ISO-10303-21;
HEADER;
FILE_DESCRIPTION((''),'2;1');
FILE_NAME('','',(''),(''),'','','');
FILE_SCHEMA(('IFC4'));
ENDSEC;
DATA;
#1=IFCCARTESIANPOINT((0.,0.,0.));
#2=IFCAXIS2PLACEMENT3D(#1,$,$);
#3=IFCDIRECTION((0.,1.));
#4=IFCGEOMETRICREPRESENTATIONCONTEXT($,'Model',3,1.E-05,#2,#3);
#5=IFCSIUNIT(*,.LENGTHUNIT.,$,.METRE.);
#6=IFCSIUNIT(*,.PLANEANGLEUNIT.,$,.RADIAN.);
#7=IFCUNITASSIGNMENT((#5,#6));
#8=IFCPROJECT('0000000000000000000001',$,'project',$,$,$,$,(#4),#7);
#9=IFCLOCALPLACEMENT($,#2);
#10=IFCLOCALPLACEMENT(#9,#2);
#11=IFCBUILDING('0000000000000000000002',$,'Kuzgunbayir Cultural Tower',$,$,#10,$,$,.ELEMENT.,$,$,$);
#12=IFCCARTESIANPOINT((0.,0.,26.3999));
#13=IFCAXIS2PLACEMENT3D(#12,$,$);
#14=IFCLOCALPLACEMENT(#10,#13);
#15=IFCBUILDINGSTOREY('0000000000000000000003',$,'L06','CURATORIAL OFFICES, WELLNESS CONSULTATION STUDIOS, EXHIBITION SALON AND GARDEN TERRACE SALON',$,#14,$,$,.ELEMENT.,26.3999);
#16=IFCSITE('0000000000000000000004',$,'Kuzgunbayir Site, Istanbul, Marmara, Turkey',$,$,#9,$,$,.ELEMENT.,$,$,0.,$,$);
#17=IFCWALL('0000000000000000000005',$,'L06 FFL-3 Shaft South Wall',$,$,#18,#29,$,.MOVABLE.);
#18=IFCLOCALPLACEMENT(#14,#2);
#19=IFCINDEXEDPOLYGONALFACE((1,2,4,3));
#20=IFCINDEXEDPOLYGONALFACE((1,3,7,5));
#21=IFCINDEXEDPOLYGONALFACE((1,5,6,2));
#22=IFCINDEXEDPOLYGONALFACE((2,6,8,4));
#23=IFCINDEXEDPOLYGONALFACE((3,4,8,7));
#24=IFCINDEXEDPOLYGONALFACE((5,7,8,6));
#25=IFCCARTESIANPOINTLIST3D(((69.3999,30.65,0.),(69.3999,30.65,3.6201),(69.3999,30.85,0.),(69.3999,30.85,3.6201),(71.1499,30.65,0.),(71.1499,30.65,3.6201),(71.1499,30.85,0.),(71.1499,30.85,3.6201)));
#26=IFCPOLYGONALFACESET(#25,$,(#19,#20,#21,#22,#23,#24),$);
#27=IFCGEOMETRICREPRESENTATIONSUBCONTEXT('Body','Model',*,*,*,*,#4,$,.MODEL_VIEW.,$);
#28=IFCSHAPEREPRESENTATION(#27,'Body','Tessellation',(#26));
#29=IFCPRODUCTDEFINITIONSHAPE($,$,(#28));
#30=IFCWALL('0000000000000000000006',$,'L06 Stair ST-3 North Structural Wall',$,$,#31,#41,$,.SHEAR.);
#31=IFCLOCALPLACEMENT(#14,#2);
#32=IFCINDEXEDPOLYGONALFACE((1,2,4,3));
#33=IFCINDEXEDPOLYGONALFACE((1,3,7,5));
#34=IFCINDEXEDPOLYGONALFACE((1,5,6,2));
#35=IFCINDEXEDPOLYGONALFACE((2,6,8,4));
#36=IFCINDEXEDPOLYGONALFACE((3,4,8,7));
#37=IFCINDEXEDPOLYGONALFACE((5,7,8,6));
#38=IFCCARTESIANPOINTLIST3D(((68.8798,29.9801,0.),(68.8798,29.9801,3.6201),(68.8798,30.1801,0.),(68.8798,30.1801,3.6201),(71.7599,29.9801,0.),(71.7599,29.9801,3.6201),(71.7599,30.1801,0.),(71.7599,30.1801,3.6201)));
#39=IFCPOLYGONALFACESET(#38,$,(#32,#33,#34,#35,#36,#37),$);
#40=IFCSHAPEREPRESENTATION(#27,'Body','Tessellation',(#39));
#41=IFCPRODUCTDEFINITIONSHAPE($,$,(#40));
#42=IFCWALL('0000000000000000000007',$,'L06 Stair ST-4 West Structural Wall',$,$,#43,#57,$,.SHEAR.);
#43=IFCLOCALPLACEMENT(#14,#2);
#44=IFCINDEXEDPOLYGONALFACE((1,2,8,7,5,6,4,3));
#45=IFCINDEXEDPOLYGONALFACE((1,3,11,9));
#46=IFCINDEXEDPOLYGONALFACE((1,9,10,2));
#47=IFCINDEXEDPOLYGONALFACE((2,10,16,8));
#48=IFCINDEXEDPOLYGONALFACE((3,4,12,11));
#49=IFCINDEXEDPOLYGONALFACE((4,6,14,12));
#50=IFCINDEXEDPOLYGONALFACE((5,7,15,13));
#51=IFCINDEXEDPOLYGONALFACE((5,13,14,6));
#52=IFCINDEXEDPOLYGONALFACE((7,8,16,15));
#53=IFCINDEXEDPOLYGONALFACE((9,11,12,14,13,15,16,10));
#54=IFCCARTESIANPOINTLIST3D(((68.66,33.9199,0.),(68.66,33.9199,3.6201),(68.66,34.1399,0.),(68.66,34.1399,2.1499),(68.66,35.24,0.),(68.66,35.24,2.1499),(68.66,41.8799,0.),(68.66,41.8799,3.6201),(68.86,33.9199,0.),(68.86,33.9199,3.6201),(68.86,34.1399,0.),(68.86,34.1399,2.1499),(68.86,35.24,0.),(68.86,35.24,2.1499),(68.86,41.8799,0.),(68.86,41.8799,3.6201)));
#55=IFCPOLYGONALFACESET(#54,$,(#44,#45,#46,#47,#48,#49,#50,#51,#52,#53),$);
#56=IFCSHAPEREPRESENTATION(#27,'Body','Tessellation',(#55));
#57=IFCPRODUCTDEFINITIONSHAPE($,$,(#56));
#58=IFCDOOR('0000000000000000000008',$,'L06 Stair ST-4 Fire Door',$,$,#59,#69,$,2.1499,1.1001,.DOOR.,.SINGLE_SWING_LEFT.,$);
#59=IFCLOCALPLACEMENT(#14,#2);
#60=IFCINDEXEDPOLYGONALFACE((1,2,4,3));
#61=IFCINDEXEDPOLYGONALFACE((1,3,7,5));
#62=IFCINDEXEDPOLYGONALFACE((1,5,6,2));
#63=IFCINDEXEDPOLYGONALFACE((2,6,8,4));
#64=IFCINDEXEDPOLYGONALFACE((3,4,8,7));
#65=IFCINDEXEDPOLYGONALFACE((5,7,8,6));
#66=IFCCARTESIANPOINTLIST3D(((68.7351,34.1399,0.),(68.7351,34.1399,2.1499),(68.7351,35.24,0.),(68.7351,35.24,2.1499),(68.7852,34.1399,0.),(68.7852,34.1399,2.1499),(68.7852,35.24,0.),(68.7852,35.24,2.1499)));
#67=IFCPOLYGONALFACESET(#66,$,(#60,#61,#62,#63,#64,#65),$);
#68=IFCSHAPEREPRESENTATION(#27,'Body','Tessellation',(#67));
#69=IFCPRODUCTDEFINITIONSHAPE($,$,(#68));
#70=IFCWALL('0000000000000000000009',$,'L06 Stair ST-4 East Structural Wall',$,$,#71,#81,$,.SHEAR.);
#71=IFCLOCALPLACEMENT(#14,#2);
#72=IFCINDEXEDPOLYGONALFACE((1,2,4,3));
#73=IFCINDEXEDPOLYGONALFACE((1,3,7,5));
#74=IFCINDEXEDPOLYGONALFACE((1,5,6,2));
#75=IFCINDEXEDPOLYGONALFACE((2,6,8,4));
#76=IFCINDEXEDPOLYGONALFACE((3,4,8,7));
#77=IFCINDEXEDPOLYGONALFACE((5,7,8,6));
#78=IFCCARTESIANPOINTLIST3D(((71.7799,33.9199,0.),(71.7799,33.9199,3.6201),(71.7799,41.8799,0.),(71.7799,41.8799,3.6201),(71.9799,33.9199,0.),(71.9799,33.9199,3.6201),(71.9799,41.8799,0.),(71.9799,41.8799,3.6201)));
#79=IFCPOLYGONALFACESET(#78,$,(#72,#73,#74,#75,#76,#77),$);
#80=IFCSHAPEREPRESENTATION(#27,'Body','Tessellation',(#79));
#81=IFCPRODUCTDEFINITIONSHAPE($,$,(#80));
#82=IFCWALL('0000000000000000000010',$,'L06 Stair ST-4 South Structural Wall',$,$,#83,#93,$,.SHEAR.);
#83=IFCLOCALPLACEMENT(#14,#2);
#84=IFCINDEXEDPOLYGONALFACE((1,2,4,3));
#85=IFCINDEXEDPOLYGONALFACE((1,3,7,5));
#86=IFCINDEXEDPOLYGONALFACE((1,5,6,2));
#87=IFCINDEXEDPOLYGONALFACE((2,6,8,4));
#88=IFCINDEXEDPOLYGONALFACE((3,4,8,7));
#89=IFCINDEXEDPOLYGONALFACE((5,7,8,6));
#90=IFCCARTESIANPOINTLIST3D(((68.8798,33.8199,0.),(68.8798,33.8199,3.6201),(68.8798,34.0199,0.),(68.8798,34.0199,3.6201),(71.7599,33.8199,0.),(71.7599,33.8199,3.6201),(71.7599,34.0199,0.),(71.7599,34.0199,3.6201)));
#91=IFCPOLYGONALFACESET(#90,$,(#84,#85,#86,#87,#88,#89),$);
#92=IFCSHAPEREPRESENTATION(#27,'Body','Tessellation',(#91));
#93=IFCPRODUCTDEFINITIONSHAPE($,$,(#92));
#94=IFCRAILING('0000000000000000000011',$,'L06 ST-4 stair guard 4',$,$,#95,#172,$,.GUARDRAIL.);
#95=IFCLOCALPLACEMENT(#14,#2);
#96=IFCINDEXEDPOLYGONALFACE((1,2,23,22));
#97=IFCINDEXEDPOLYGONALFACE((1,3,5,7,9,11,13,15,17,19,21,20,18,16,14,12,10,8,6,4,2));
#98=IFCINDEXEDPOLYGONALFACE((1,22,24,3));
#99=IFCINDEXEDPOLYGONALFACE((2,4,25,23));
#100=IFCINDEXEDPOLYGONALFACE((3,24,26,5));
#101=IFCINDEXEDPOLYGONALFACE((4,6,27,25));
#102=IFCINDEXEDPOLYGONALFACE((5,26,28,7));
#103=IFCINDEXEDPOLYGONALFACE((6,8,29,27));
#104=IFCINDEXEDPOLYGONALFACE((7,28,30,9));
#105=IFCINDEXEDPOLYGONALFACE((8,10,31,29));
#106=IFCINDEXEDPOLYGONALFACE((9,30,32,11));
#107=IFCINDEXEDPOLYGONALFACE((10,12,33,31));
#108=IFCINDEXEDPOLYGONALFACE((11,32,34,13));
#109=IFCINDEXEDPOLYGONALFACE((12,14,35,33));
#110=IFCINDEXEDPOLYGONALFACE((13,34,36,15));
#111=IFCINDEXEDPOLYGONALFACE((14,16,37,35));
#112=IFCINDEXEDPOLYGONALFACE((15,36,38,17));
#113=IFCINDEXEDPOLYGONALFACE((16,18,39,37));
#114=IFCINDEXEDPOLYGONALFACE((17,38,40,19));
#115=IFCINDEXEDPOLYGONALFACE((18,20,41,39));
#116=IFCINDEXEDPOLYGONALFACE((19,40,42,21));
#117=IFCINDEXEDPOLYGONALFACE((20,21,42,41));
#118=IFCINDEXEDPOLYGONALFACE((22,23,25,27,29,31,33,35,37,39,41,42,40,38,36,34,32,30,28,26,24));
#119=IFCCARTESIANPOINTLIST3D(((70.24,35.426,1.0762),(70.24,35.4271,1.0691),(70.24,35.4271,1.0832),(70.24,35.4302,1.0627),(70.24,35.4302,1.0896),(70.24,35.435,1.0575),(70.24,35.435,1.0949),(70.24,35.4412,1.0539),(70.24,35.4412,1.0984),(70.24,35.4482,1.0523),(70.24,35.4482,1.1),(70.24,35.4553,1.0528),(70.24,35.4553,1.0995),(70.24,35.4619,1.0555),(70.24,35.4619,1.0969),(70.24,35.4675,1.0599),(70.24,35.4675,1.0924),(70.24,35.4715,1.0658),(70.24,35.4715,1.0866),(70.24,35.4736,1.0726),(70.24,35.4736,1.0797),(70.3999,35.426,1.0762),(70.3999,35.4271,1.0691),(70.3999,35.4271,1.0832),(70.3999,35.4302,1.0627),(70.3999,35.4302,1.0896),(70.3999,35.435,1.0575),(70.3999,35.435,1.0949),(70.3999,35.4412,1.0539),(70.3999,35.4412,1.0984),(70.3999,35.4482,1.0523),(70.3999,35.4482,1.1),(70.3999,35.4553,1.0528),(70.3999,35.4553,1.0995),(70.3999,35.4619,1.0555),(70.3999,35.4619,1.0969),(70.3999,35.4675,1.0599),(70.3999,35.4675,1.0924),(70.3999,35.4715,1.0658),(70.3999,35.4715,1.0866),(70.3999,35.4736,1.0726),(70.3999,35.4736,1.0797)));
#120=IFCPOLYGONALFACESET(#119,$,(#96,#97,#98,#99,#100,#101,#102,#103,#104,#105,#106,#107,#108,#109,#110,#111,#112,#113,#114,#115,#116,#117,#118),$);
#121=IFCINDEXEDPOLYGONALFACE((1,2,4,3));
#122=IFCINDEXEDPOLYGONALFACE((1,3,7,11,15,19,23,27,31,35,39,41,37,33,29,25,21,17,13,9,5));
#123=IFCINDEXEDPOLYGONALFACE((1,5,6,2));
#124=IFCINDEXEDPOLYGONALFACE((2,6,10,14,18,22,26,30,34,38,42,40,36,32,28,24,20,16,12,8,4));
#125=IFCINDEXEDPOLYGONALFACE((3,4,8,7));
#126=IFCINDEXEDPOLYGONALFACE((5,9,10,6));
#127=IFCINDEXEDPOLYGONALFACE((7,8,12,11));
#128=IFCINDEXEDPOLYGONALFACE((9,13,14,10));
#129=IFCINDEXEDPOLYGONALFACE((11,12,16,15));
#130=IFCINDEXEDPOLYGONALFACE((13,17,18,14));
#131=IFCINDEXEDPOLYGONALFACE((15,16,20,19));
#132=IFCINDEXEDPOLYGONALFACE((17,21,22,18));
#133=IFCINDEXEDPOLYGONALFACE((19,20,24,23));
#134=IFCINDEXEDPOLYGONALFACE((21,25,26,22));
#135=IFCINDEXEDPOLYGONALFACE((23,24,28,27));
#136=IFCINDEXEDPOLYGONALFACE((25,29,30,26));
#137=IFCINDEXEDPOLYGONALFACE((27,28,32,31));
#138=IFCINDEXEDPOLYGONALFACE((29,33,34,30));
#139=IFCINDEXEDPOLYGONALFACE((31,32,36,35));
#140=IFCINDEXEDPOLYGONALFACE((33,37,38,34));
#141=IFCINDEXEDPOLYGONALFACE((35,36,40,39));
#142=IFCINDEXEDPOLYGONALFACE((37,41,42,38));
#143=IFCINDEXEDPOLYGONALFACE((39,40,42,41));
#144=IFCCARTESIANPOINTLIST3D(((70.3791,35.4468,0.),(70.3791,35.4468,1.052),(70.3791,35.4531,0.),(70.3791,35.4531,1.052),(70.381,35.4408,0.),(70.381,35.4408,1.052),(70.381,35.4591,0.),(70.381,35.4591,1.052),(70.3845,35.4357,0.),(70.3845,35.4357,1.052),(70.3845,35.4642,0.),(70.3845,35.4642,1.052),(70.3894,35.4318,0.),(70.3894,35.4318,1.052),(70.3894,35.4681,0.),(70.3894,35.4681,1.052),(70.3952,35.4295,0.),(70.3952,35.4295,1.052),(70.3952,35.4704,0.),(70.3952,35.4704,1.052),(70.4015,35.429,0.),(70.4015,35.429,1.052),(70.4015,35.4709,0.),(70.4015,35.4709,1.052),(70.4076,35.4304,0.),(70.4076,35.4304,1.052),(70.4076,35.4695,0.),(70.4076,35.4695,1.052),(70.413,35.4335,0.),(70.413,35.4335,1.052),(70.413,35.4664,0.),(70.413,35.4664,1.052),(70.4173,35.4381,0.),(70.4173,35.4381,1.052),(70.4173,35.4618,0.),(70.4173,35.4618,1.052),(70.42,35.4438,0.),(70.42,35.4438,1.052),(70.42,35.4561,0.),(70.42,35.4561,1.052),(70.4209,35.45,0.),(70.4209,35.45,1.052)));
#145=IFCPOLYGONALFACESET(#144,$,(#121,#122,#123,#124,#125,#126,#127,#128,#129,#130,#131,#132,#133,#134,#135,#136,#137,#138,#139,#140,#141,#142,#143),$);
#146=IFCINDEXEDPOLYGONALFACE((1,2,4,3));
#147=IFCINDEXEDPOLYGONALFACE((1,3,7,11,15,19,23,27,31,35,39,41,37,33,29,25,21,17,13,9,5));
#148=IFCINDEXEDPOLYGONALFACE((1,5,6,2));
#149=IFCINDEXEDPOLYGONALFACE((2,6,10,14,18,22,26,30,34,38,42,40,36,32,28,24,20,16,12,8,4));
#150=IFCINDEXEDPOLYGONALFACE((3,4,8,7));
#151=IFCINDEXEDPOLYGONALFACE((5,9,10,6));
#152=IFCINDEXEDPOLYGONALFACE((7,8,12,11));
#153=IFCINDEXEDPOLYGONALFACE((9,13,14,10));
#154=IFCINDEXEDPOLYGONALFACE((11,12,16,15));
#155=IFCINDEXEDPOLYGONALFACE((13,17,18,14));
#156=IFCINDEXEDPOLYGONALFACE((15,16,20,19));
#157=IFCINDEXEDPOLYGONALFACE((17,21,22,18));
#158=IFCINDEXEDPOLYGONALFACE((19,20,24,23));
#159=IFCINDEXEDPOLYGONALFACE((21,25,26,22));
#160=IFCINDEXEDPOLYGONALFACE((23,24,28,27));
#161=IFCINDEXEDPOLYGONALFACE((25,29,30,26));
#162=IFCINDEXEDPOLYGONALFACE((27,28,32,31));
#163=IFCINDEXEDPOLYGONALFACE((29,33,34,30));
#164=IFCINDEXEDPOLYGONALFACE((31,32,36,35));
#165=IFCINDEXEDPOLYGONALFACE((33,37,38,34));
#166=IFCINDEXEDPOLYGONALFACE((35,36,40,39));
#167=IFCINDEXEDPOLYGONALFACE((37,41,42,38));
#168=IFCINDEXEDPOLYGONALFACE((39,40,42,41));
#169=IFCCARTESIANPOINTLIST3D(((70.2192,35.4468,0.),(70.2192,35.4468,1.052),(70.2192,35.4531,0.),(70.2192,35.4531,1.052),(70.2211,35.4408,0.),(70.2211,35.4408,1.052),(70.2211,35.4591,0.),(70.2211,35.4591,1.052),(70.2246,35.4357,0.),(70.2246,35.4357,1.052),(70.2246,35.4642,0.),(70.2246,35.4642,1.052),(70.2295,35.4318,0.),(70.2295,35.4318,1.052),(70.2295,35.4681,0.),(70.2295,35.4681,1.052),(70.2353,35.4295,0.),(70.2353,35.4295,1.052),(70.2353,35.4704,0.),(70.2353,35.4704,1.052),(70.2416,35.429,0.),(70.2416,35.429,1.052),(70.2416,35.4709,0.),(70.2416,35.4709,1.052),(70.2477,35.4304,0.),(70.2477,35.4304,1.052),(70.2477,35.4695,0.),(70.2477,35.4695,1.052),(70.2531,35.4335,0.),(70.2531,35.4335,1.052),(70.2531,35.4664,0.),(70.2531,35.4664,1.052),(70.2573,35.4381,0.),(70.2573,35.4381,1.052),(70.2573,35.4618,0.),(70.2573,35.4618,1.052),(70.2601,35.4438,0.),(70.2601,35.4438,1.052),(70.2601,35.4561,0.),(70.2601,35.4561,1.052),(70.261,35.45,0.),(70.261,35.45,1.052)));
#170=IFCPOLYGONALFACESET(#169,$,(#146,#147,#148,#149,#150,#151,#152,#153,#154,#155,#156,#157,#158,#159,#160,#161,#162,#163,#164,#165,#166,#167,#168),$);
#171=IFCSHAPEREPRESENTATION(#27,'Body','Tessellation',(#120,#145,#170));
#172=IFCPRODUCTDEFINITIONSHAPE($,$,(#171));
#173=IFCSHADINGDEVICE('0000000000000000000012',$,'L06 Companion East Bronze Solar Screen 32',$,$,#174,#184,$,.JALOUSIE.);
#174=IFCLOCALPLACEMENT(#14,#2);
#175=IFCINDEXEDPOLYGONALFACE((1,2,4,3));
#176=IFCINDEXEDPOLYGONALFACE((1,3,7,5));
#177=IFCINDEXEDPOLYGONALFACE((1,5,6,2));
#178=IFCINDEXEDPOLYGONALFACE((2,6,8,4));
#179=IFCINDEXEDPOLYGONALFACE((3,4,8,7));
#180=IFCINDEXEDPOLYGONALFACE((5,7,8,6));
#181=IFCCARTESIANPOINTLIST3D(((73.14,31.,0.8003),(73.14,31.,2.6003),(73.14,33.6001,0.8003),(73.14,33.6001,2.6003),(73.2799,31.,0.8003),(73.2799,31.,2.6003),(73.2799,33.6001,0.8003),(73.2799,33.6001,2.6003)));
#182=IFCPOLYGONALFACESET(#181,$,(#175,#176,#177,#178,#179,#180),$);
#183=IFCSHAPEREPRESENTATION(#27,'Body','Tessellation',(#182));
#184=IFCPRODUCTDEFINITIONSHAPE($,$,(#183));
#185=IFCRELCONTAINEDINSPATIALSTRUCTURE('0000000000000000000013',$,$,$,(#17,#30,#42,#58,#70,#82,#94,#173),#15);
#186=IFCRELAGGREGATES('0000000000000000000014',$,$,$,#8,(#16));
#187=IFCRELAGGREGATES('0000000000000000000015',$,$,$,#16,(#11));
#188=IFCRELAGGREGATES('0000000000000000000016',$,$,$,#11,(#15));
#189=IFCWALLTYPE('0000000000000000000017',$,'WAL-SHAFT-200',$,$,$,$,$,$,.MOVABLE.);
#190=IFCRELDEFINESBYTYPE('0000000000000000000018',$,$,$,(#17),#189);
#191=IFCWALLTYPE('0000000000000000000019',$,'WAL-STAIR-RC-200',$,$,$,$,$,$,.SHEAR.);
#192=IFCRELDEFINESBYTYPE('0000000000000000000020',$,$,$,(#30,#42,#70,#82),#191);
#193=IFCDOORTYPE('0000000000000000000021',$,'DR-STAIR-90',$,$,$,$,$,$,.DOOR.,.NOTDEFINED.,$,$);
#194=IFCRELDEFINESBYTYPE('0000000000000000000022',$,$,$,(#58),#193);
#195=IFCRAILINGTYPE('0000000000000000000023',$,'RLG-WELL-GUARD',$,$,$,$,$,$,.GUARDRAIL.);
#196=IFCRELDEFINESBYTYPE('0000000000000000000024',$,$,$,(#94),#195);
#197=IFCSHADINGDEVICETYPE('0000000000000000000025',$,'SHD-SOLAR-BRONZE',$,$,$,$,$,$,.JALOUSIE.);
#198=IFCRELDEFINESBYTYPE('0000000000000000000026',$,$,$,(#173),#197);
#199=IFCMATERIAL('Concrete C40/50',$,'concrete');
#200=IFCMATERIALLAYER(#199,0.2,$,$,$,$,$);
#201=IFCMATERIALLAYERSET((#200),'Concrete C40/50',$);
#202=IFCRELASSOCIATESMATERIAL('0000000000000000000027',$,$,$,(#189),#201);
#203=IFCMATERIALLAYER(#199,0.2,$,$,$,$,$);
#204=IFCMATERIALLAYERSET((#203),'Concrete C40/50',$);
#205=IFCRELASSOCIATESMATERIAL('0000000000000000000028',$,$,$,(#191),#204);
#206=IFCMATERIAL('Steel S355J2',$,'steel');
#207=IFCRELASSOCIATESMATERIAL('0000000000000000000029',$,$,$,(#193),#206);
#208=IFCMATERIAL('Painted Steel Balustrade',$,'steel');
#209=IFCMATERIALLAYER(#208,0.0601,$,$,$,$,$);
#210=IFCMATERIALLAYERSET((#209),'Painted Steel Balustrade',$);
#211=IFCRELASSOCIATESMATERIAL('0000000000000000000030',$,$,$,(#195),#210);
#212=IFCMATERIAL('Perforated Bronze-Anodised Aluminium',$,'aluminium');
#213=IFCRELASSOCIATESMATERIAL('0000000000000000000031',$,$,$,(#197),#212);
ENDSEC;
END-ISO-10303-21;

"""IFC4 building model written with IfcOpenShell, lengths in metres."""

from ifc_helpers import new_model, si_unit, direction, frame, frame_2d, origin, origin_2d, place, context, subcontext, project, spatial, rectangle, circle, extrude, material, layer, layer_set, type_object, element, fill, save


model = new_model("IFC4")

# Units and contexts
model_context = context("Model", 3, precision=1e-05, world=origin(), true_north=direction((0.0, 1.0)))
body_context = subcontext(model_context, "Body", "Model", "MODEL_VIEW")
ifc_project = project(units=[si_unit("LENGTHUNIT", "METRE"), si_unit("PLANEANGLEUNIT", "RADIAN")], contexts=[model_context])

# Site, building, storey
site_placement = place(None, origin())
site = spatial("IfcSite", under=ifc_project, at=site_placement, Name="Kuzgunbayir Site, Istanbul, Marmara, Turkey", CompositionType="ELEMENT", RefElevation=0.0)
building_placement = place(site_placement, origin())
building = spatial("IfcBuilding", under=site, at=building_placement, Name="Kuzgunbayir Cultural Tower", CompositionType="ELEMENT")
storey_placement = place(building_placement, frame((0.0, 0.0, 26.3999)))
storey = spatial("IfcBuildingStorey", under=building, at=storey_placement, Name="L06", Description="CURATORIAL OFFICES, WELLNESS CONSULTATION STUDIOS, EXHIBITION SALON AND GARDEN TERRACE SALON", CompositionType="ELEMENT", Elevation=26.3999)

# Shared definitions
ifc_material_1 = material(Name="Steel S355J2", Category="steel")

# Shared definitions
ifc_material_2 = material(Name="Perforated Bronze-Anodised Aluminium", Category="aluminium")

# Shared definitions
ifc_material_3 = material(Name="Concrete C40/50", Category="concrete")
ifc_layer_1 = layer(ifc_material_3, 0.2)
ifc_layer_set_1 = layer_set([ifc_layer_1], Name="Concrete C40/50")
wall_type_1 = type_object("IfcWallType", Name="WAL-SHAFT-200", PredefinedType="MOVABLE", material=ifc_layer_set_1)

# Walls
for number, where, z_axis, x_axis, name in (
    (1, (69.3999, 30.75, 0.0), (0.0, 0.0, 1.0), (1.0, 0.0, 0.0), "L06 FFL-3 Shaft South Wall"),
):
    element("IfcWall", number, at=place(storey_placement, frame(where, z_axis=z_axis, x_axis=x_axis)), inside=storey, type_object=wall_type_1, Name=name, PredefinedType="MOVABLE", context=body_context, shape_type="SweptSolid", body=[
        extrude(rectangle(XDim=1.75, YDim=0.2, at=frame_2d((0.875, 0.0))), origin(), (0.0, 0.0, 1.0), 3.6201),
    ])
ifc_layer_2 = layer(ifc_material_3, 0.2)
ifc_layer_set_2 = layer_set([ifc_layer_2], Name="Concrete C40/50")
wall_type_2 = type_object("IfcWallType", Name="WAL-STAIR-RC-200", PredefinedType="SHEAR", material=ifc_layer_set_2)
wall_1_placement = place(storey_placement, frame((68.8799, 30.0801, 0.0), z_axis=(0.0, 0.0, 1.0), x_axis=(1.0, 0.0, 0.0)))
element("IfcWall", 2, at=wall_1_placement, inside=storey, type_object=wall_type_2, Name="L06 Stair ST-3 North Structural Wall", PredefinedType="SHEAR", context=body_context, shape_type="SweptSolid", body=[
    extrude(rectangle(XDim=2.8801, YDim=0.2, at=frame_2d((1.4399, 0.0))), origin(), (0.0, 0.0, 1.0), 3.6201),
])

# Wall, opening, door
wall_2_placement = place(storey_placement, frame((68.76, 33.9199, 0.0), z_axis=(0.0, 0.0, 1.0), x_axis=(0.0, 1.0, 0.0)))
wall_2 = element("IfcWall", 3, at=wall_2_placement, inside=storey, type_object=wall_type_2, Name="L06 Stair ST-4 West Structural Wall", PredefinedType="SHEAR", context=body_context, shape_type="SweptSolid", body=[
    extrude(rectangle(XDim=7.96, YDim=0.2, at=frame_2d((3.98, 0.0))), origin(), (0.0, 0.0, 1.0), 3.6201),
])
opening_1_placement = place(wall_2_placement, frame((0.22, 0.0, 0.0)))
opening_1 = element("IfcOpeningElement", 4, at=opening_1_placement, cuts=wall_2, PredefinedType="OPENING", context=body_context, shape_type="SweptSolid", body=[
    extrude(rectangle(XDim=1.1001, YDim=2.1499, at=frame_2d((0.55, 1.075))), frame((0.0, 0.1099, 0.0), z_axis=(0.0, -1.0, 0.0), x_axis=(1.0, 0.0, 0.0)), (0.0, 0.0, 1.0), 0.22),
])
door_type_1 = type_object("IfcDoorType", Name="DR-STAIR-90", OperationType="NOTDEFINED", PredefinedType="DOOR", material=ifc_material_1)
door_1_placement = place(opening_1_placement, origin())
door_1 = element("IfcDoor", 5, at=door_1_placement, inside=storey, type_object=door_type_1, Name="L06 Stair ST-4 Fire Door", OperationType="SINGLE_SWING_LEFT", OverallHeight=2.1499, OverallWidth=1.1001, PredefinedType="DOOR", context=body_context, shape_type="SweptSolid", body=[
    extrude(rectangle(XDim=1.1001, YDim=2.1499, at=frame_2d((0.55, 1.075))), frame((0.0, 0.0249, 0.0), z_axis=(0.0, -1.0, 0.0), x_axis=(1.0, 0.0, 0.0)), (0.0, 0.0, 1.0), 0.05),
])
fill(opening_1, door_1)

# Walls
wall_3_placement = place(storey_placement, frame((71.8799, 33.9199, 0.0), z_axis=(0.0, 0.0, 1.0), x_axis=(0.0, 1.0, 0.0)))
element("IfcWall", 6, at=wall_3_placement, inside=storey, type_object=wall_type_2, Name="L06 Stair ST-4 East Structural Wall", PredefinedType="SHEAR", context=body_context, shape_type="SweptSolid", body=[
    extrude(rectangle(XDim=7.96, YDim=0.2, at=frame_2d((3.98, 0.0))), origin(), (0.0, 0.0, 1.0), 3.6201),
])
wall_4_placement = place(storey_placement, frame((68.8799, 33.9199, 0.0), z_axis=(0.0, 0.0, 1.0), x_axis=(1.0, 0.0, 0.0)))
element("IfcWall", 7, at=wall_4_placement, inside=storey, type_object=wall_type_2, Name="L06 Stair ST-4 South Structural Wall", PredefinedType="SHEAR", context=body_context, shape_type="SweptSolid", body=[
    extrude(rectangle(XDim=2.8801, YDim=0.2, at=frame_2d((1.4399, 0.0))), origin(), (0.0, 0.0, 1.0), 3.6201),
])

# Railing
ifc_material_4 = material(Name="Painted Steel Balustrade", Category="steel")
ifc_layer_3 = layer(ifc_material_4, 0.0601)
ifc_layer_set_3 = layer_set([ifc_layer_3], Name="Painted Steel Balustrade")
railing_type = type_object("IfcRailingType", Name="RLG-WELL-GUARD", PredefinedType="GUARDRAIL", material=ifc_layer_set_3)
railing_placement = place(storey_placement, frame((70.3999, 35.45, 0.0)))
element("IfcRailing", 8, at=railing_placement, inside=storey, type_object=railing_type, Name="L06 ST-4 stair guard 4", PredefinedType="GUARDRAIL", context=body_context, shape_type="SweptSolid", body=[
    extrude(circle(Radius=0.0239, at=origin_2d()), frame((0.0, 0.0, 1.0762), z_axis=(-1.0, 0.0, 0.0), x_axis=(0.0, -1.0, 0.0)), (0.0, 0.0, 1.0), 0.1599),
    extrude(circle(Radius=0.021, at=origin_2d()), origin(), (0.0, 0.0, 1.0), 1.052),
    extrude(circle(Radius=0.021, at=origin_2d()), frame((-0.1599, 0.0, 0.0)), (0.0, 0.0, 1.0), 1.052),
])

# Shading device
shading_device_type = type_object("IfcShadingDeviceType", Name="SHD-SOLAR-BRONZE", PredefinedType="JALOUSIE", material=ifc_material_2)
shading_device_placement = place(storey_placement, frame((73.21, 32.3, 0.8003), z_axis=(0.0, 0.0, 1.0), x_axis=(1.0, 0.0, 0.0)))
element("IfcShadingDevice", 9, at=shading_device_placement, inside=storey, type_object=shading_device_type, Name="L06 Companion East Bronze Solar Screen 32", PredefinedType="JALOUSIE", context=body_context, shape_type="SweptSolid", body=[
    extrude(rectangle(XDim=0.1399, YDim=2.6001, at=origin_2d()), origin(), (0.0, 0.0, 1.0), 1.8),
])

save(model, "model.ifc")
